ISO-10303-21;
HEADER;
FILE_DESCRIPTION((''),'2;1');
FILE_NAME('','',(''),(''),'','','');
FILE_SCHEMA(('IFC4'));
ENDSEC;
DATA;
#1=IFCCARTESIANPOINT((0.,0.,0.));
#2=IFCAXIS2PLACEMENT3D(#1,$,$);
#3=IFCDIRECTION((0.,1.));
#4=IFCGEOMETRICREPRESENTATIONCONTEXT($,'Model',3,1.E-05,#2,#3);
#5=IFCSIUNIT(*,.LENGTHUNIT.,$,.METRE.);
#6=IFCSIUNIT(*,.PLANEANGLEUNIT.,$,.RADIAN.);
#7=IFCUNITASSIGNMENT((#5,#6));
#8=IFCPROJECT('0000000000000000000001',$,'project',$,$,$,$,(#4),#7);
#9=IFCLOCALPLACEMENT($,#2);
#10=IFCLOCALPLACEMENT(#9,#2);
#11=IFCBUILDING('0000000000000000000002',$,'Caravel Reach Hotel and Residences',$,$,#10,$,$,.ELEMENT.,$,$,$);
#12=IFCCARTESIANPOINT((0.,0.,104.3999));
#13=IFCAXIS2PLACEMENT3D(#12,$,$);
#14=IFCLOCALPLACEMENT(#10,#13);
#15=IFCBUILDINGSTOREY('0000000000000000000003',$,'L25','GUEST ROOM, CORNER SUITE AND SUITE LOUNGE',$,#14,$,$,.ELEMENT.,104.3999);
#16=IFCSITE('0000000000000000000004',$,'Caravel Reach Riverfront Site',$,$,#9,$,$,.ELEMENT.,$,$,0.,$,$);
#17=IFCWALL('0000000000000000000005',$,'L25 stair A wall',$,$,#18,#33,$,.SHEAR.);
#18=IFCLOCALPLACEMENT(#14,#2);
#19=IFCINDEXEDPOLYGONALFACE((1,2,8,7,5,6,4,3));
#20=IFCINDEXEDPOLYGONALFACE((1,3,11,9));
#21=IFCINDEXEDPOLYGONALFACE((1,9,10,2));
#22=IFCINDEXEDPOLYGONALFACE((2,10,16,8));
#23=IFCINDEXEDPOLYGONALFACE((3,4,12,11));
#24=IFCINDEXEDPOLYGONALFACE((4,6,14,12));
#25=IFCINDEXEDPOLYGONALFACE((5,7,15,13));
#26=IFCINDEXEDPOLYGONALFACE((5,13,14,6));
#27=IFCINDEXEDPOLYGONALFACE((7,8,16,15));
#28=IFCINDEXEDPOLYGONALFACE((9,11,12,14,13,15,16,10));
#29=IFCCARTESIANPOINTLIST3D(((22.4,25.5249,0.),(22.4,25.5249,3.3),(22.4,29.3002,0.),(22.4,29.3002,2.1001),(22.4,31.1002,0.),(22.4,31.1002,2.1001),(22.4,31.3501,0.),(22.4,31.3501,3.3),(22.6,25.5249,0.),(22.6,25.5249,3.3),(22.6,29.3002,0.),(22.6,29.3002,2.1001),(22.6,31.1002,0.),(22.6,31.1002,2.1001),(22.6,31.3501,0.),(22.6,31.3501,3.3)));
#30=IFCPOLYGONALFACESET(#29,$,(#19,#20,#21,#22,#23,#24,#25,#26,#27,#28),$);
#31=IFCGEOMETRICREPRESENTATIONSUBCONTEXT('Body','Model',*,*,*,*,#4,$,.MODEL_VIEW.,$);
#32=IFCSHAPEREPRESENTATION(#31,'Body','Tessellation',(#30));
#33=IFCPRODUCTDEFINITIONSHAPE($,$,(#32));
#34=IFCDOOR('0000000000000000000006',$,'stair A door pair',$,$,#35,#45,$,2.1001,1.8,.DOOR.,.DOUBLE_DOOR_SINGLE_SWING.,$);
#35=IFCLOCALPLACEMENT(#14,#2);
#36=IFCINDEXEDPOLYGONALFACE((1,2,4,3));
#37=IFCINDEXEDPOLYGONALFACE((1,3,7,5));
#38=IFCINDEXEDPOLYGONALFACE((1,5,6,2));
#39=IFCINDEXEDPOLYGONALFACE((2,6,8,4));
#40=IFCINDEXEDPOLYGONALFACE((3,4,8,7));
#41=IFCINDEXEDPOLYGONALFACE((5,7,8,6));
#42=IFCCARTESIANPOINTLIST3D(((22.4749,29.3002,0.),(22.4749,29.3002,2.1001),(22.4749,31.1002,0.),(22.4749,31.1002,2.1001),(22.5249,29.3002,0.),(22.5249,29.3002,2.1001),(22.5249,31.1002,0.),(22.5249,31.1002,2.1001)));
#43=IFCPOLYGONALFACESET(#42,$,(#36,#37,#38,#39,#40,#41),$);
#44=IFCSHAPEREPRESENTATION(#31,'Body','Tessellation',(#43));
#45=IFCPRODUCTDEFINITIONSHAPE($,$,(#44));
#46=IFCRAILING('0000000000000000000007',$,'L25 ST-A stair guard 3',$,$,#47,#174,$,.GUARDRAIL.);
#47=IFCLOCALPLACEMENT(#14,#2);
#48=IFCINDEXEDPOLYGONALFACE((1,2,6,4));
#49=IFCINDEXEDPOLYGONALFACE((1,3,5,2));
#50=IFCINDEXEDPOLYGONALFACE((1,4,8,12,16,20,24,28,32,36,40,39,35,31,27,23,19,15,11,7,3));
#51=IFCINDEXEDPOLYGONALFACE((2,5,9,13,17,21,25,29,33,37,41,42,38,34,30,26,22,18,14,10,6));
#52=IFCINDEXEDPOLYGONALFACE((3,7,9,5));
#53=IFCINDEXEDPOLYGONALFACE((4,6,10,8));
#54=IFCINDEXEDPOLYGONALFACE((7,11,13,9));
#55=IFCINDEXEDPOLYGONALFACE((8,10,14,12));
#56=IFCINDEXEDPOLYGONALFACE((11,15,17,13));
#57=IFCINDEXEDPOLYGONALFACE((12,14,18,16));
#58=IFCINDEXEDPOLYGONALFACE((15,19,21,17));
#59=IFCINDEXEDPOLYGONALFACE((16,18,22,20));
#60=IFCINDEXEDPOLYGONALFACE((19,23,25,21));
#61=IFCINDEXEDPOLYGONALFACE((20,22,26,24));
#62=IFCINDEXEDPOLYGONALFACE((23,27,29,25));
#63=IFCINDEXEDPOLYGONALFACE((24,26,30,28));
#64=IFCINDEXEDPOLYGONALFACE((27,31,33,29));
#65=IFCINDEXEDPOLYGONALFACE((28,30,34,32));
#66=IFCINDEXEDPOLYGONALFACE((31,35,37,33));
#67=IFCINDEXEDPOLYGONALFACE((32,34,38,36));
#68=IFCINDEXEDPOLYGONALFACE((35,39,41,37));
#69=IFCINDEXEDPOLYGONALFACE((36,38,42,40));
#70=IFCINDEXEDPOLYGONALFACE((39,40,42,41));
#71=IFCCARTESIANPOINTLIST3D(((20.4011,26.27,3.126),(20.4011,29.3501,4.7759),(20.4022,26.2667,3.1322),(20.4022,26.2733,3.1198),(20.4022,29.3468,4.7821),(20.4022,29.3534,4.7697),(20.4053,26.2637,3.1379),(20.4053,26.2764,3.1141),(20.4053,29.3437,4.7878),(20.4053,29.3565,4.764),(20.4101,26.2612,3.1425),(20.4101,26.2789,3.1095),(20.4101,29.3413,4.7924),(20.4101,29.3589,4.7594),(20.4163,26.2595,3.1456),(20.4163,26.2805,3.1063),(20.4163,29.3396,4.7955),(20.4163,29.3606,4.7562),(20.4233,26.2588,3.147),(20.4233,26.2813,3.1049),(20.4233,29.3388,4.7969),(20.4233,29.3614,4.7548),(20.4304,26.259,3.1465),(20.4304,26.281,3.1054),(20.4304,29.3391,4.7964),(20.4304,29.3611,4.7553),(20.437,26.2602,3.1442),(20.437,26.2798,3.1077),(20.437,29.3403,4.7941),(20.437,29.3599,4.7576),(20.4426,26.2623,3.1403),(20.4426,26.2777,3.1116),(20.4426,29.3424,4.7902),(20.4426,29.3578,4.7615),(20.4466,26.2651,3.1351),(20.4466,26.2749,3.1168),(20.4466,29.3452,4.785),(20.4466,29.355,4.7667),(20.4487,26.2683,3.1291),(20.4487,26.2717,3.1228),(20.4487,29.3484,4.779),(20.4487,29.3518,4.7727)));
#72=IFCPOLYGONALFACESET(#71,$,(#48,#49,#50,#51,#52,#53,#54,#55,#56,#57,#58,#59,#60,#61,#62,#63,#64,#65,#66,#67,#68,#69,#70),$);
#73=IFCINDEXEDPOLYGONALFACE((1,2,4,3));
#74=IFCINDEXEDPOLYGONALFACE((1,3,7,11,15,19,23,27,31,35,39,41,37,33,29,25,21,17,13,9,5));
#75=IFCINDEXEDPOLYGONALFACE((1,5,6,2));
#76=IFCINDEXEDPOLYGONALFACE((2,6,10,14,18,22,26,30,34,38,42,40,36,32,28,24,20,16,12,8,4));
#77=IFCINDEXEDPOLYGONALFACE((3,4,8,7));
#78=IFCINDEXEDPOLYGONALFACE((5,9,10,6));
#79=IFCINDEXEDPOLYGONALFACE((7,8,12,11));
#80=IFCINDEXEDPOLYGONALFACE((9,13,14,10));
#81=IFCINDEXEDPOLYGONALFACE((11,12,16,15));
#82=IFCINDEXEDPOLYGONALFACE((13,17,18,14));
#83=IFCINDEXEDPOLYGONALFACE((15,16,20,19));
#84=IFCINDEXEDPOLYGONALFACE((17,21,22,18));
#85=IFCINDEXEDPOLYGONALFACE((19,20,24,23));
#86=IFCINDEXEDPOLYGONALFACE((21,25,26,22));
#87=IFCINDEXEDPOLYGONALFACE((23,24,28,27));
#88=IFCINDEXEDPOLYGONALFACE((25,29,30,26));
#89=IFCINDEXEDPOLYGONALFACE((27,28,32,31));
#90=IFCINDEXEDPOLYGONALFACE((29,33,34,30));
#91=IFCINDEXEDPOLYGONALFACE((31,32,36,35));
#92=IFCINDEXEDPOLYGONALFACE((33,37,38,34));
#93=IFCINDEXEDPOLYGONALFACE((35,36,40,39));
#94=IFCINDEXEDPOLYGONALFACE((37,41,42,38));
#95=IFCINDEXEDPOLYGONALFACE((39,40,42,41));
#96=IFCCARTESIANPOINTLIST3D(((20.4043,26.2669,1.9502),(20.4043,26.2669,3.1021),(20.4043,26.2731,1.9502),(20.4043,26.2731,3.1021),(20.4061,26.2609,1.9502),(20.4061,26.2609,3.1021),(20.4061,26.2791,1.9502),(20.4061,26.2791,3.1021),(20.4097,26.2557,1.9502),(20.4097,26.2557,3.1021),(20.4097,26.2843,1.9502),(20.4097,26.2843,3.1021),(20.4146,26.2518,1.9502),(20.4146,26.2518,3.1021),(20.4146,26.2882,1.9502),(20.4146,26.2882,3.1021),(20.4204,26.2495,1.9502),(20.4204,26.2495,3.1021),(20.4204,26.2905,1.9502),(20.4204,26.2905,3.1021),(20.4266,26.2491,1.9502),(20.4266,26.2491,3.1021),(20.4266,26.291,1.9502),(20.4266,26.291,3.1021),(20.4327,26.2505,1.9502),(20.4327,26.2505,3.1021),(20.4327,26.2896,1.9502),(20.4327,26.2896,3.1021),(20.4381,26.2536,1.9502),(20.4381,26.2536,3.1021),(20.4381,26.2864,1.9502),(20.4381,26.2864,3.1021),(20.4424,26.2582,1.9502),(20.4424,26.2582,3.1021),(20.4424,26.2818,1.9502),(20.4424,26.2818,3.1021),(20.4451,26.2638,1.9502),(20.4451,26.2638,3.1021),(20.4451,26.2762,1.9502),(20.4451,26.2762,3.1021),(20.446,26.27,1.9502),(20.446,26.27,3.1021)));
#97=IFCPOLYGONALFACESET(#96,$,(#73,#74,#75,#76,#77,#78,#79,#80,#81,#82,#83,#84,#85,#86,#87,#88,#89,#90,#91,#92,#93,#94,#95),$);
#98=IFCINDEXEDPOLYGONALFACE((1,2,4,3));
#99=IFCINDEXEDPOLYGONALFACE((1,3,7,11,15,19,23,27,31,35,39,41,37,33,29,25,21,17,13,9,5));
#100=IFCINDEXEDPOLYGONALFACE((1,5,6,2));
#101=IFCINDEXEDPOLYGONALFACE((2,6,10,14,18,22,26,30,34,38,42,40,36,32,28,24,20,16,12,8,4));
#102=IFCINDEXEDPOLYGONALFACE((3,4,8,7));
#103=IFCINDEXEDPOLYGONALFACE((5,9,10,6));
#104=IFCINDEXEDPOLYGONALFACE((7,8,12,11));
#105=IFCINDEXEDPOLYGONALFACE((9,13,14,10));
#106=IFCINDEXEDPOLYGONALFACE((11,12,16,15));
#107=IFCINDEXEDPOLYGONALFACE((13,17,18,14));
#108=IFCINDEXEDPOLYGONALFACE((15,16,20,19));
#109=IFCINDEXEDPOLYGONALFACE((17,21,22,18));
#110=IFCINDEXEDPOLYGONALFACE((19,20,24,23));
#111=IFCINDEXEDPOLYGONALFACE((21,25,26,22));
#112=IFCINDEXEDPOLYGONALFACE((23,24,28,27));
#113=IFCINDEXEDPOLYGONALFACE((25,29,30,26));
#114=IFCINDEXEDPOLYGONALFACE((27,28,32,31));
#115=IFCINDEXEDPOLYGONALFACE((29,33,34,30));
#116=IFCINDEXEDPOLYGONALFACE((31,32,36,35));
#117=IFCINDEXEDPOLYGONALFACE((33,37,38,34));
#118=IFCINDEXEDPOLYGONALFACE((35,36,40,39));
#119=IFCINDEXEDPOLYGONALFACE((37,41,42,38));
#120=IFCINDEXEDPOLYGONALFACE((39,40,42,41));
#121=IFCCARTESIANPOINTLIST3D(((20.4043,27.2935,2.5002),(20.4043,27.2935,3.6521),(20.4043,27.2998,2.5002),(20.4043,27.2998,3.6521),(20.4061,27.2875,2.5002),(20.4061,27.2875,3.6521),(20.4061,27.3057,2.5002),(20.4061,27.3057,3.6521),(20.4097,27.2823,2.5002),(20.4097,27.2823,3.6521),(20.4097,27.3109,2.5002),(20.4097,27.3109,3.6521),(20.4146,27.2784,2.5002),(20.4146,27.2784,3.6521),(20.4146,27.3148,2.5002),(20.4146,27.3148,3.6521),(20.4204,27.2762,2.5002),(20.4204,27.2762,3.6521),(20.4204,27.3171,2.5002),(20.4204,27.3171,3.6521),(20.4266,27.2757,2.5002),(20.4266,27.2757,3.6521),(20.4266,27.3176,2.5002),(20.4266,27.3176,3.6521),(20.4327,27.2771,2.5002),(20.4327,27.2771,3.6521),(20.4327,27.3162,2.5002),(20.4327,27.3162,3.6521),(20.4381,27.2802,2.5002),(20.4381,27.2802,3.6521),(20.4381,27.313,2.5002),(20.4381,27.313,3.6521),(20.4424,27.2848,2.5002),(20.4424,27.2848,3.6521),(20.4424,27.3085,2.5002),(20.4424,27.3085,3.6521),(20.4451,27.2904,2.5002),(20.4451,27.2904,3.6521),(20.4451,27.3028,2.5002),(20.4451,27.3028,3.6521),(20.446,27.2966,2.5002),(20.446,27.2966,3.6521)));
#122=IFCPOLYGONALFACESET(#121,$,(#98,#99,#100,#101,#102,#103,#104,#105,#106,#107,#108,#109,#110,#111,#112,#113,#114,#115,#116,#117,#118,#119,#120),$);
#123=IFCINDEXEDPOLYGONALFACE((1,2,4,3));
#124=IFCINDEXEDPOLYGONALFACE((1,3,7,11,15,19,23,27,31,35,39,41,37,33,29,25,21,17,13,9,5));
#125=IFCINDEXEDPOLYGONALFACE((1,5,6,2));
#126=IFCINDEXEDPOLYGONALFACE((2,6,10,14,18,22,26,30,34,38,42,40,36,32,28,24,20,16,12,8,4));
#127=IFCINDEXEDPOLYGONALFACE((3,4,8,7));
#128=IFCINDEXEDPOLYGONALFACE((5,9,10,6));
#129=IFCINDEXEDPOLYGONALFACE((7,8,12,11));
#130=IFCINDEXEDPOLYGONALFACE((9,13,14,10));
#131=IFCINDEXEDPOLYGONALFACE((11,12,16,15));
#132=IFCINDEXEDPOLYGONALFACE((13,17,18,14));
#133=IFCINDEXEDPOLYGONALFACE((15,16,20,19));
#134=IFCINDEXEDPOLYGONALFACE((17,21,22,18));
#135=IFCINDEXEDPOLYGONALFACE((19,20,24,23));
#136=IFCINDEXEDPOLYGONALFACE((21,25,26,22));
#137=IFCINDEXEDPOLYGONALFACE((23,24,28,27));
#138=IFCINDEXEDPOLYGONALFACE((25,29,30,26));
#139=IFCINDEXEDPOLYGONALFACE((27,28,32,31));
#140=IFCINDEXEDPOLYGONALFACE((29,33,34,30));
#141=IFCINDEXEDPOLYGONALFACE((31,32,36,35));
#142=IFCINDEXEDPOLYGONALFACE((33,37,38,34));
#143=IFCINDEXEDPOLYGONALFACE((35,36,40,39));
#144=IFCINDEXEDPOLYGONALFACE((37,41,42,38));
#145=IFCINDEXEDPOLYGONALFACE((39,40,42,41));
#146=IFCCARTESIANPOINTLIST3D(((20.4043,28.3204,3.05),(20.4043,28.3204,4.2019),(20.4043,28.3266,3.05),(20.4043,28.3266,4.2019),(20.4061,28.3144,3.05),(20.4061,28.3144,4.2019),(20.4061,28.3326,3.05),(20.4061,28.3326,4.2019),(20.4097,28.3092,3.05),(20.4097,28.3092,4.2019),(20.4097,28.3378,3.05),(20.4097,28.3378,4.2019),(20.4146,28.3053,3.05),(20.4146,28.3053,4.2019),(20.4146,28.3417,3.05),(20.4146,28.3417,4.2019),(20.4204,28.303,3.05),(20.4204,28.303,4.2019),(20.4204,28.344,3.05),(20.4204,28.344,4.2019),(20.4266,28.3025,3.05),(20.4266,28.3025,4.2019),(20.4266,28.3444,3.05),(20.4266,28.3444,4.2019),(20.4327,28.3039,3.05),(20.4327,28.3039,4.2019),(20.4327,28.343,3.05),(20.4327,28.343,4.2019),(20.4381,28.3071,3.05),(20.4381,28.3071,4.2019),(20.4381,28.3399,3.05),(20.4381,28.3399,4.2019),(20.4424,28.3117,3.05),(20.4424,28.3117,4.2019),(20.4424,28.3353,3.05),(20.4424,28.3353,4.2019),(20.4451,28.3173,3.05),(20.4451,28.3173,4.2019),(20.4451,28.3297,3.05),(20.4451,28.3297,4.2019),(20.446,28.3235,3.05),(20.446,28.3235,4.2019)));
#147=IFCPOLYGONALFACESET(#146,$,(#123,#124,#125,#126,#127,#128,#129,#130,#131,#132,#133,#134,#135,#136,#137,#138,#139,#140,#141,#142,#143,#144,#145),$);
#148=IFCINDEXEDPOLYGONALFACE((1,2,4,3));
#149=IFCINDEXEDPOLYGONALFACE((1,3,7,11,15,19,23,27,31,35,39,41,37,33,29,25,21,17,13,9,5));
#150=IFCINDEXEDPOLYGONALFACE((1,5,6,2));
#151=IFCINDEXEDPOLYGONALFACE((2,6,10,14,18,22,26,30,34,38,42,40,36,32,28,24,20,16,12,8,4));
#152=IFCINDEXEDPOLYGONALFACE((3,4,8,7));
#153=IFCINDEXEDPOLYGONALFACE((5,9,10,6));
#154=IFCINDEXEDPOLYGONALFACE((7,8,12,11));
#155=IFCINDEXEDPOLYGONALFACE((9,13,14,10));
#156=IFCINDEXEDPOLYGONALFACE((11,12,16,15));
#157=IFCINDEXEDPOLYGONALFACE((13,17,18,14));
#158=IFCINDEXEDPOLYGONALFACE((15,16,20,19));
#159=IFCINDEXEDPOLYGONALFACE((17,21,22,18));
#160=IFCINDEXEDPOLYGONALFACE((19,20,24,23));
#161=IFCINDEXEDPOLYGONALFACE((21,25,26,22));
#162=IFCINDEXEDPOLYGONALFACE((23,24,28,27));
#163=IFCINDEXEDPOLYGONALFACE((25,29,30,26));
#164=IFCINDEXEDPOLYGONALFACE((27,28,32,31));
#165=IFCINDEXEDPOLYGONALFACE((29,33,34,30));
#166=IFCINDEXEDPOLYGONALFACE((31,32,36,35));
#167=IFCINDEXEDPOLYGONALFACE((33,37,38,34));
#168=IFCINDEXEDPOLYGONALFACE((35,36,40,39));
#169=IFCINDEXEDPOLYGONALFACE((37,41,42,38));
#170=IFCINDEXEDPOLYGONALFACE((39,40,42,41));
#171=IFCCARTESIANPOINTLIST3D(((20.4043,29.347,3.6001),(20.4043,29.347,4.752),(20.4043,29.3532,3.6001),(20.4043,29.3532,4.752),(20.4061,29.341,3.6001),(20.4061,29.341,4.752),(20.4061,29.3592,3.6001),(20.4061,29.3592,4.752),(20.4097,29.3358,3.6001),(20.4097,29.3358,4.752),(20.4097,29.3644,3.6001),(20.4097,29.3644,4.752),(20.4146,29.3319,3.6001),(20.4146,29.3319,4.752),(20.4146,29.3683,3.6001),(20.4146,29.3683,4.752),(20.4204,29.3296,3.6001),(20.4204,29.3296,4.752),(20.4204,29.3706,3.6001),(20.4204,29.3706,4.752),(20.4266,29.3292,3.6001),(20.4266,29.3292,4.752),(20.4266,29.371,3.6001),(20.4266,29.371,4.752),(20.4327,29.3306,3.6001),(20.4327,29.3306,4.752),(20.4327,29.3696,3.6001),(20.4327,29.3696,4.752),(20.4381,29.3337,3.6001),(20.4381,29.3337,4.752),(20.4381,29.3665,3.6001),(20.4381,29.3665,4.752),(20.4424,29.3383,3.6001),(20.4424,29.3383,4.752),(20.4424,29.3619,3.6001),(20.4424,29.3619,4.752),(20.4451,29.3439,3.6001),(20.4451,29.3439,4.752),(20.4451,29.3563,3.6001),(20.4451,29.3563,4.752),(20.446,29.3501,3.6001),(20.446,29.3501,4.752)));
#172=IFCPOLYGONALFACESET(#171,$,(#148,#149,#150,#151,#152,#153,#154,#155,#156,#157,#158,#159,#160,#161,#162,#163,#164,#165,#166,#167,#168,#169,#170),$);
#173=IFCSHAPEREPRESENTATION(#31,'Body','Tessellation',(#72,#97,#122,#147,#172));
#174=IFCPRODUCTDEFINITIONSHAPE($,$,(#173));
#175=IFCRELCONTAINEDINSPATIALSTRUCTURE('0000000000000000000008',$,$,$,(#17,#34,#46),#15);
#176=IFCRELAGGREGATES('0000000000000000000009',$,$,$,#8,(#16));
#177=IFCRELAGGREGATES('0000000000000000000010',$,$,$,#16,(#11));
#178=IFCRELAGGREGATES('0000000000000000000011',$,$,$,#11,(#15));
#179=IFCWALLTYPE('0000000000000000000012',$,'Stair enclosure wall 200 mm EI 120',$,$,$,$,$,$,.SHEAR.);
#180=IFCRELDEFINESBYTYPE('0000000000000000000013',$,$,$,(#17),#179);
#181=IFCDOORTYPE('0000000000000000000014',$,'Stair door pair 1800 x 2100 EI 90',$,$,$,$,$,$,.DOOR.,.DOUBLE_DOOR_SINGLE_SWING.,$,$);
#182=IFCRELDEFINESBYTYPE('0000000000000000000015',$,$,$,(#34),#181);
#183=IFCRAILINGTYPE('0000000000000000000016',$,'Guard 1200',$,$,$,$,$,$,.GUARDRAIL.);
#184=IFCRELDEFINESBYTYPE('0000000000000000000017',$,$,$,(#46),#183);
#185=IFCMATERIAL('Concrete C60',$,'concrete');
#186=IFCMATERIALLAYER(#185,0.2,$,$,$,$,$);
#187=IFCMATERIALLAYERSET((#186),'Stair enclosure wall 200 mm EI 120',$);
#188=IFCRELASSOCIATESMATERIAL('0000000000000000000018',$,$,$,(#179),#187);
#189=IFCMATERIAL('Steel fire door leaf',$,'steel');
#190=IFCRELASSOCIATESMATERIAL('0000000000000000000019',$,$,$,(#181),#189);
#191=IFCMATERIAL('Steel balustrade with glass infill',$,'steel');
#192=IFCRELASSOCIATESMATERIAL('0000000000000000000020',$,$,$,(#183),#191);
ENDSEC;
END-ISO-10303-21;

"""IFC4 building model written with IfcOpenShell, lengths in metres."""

from ifc_helpers import new_model, si_unit, direction, frame, frame_2d, origin, origin_2d, place, context, subcontext, project, spatial, rectangle, circle, extrude, material, layer, layer_set, type_object, element, fill, save


model = new_model("IFC4")

# Units and contexts
model_context = context("Model", 3, precision=1e-05, world=origin(), true_north=direction((0.0, 1.0)))
body_context = subcontext(model_context, "Body", "Model", "MODEL_VIEW")
ifc_project = project(units=[si_unit("LENGTHUNIT", "METRE"), si_unit("PLANEANGLEUNIT", "RADIAN")], contexts=[model_context])

# Site, building, storey
site_placement = place(None, origin())
site = spatial("IfcSite", under=ifc_project, at=site_placement, Name="Caravel Reach Riverfront Site", CompositionType="ELEMENT", RefElevation=0.0)
building_placement = place(site_placement, origin())
building = spatial("IfcBuilding", under=site, at=building_placement, Name="Caravel Reach Hotel and Residences", CompositionType="ELEMENT")
storey_placement = place(building_placement, frame((0.0, 0.0, 104.3999)))
storey = spatial("IfcBuildingStorey", under=building, at=storey_placement, Name="L25", Description="GUEST ROOM, CORNER SUITE AND SUITE LOUNGE", CompositionType="ELEMENT", Elevation=104.3999)

# Wall, opening, door
ifc_material_1 = material(Name="Concrete C60", Category="concrete")
ifc_layer_1 = layer(ifc_material_1, 0.2)
ifc_layer_set_1 = layer_set([ifc_layer_1], Name="Stair enclosure wall 200 mm EI 120")
wall_type_1 = type_object("IfcWallType", Name="Stair enclosure wall 200 mm EI 120", PredefinedType="SHEAR", material=ifc_layer_set_1)
wall_1_placement = place(storey_placement, frame((22.5, 31.3501, 0.0), z_axis=(0.0, 0.0, 1.0), x_axis=(0.0, -1.0, 0.0)))
wall_1 = element("IfcWall", 1, at=wall_1_placement, inside=storey, type_object=wall_type_1, Name="L25 stair A wall", PredefinedType="SHEAR", context=body_context, shape_type="SweptSolid", body=[
    extrude(rectangle(XDim=5.8252, YDim=0.2, at=frame_2d((2.9126, 0.0))), origin(), (0.0, 0.0, 1.0), 3.3),
])
opening_1_placement = place(wall_1_placement, frame((0.25, 0.0, 0.0)))
opening_1 = element("IfcOpeningElement", 2, at=opening_1_placement, cuts=wall_1, PredefinedType="OPENING", context=body_context, shape_type="SweptSolid", body=[
    extrude(rectangle(XDim=1.8, YDim=2.1001, at=frame_2d((0.8999, 1.05))), frame((0.0, 0.1099, 0.0), z_axis=(0.0, -1.0, 0.0), x_axis=(1.0, 0.0, 0.0)), (0.0, 0.0, 1.0), 0.22),
])
ifc_material_2 = material(Name="Steel fire door leaf", Category="steel")
door_type_1 = type_object("IfcDoorType", Name="Stair door pair 1800 x 2100 EI 90", OperationType="DOUBLE_DOOR_SINGLE_SWING", PredefinedType="DOOR", material=ifc_material_2)
door_1_placement = place(opening_1_placement, origin())
door_1 = element("IfcDoor", 3, at=door_1_placement, inside=storey, type_object=door_type_1, Name="stair A door pair", OperationType="DOUBLE_DOOR_SINGLE_SWING", OverallHeight=2.1001, OverallWidth=1.8, PredefinedType="DOOR", context=body_context, shape_type="SweptSolid", body=[
    extrude(rectangle(XDim=1.8, YDim=2.1001, at=frame_2d((0.8999, 1.05))), frame((0.0, 0.0249, 0.0), z_axis=(0.0, -1.0, 0.0), x_axis=(1.0, 0.0, 0.0)), (0.0, 0.0, 1.0), 0.05),
])
fill(opening_1, door_1)

# Railing
ifc_material_3 = material(Name="Steel balustrade with glass infill", Category="steel")
railing_type_1 = type_object("IfcRailingType", Name="Guard 1200", PredefinedType="GUARDRAIL", material=ifc_material_3)
railing_1_placement = place(storey_placement, frame((20.425, 26.27, 1.9502)))
element("IfcRailing", 4, at=railing_1_placement, inside=storey, type_object=railing_type_1, Name="L25 ST-A stair guard 3", PredefinedType="GUARDRAIL", context=body_context, shape_type="SweptSolid", body=[
    extrude(circle(Radius=0.0239, at=origin_2d()), frame((0.0, 0.0, 1.1758), z_axis=(0.0, 0.881497, 0.47219), x_axis=(-1.0, 0.0, 0.0)), (0.0, 0.0, 1.0), 3.4941),
    extrude(circle(Radius=0.021, at=origin_2d()), origin(), (0.0, 0.0, 1.0), 1.1519),
    extrude(circle(Radius=0.021, at=origin_2d()), frame((0.0, 1.0266, 0.55)), (0.0, 0.0, 1.0), 1.1519),
    extrude(circle(Radius=0.021, at=origin_2d()), frame((0.0, 2.0535, 1.0999)), (0.0, 0.0, 1.0), 1.1519),
    extrude(circle(Radius=0.021, at=origin_2d()), frame((0.0, 3.0801, 1.6499)), (0.0, 0.0, 1.0), 1.1519),
])

save(model, "model.ifc")
